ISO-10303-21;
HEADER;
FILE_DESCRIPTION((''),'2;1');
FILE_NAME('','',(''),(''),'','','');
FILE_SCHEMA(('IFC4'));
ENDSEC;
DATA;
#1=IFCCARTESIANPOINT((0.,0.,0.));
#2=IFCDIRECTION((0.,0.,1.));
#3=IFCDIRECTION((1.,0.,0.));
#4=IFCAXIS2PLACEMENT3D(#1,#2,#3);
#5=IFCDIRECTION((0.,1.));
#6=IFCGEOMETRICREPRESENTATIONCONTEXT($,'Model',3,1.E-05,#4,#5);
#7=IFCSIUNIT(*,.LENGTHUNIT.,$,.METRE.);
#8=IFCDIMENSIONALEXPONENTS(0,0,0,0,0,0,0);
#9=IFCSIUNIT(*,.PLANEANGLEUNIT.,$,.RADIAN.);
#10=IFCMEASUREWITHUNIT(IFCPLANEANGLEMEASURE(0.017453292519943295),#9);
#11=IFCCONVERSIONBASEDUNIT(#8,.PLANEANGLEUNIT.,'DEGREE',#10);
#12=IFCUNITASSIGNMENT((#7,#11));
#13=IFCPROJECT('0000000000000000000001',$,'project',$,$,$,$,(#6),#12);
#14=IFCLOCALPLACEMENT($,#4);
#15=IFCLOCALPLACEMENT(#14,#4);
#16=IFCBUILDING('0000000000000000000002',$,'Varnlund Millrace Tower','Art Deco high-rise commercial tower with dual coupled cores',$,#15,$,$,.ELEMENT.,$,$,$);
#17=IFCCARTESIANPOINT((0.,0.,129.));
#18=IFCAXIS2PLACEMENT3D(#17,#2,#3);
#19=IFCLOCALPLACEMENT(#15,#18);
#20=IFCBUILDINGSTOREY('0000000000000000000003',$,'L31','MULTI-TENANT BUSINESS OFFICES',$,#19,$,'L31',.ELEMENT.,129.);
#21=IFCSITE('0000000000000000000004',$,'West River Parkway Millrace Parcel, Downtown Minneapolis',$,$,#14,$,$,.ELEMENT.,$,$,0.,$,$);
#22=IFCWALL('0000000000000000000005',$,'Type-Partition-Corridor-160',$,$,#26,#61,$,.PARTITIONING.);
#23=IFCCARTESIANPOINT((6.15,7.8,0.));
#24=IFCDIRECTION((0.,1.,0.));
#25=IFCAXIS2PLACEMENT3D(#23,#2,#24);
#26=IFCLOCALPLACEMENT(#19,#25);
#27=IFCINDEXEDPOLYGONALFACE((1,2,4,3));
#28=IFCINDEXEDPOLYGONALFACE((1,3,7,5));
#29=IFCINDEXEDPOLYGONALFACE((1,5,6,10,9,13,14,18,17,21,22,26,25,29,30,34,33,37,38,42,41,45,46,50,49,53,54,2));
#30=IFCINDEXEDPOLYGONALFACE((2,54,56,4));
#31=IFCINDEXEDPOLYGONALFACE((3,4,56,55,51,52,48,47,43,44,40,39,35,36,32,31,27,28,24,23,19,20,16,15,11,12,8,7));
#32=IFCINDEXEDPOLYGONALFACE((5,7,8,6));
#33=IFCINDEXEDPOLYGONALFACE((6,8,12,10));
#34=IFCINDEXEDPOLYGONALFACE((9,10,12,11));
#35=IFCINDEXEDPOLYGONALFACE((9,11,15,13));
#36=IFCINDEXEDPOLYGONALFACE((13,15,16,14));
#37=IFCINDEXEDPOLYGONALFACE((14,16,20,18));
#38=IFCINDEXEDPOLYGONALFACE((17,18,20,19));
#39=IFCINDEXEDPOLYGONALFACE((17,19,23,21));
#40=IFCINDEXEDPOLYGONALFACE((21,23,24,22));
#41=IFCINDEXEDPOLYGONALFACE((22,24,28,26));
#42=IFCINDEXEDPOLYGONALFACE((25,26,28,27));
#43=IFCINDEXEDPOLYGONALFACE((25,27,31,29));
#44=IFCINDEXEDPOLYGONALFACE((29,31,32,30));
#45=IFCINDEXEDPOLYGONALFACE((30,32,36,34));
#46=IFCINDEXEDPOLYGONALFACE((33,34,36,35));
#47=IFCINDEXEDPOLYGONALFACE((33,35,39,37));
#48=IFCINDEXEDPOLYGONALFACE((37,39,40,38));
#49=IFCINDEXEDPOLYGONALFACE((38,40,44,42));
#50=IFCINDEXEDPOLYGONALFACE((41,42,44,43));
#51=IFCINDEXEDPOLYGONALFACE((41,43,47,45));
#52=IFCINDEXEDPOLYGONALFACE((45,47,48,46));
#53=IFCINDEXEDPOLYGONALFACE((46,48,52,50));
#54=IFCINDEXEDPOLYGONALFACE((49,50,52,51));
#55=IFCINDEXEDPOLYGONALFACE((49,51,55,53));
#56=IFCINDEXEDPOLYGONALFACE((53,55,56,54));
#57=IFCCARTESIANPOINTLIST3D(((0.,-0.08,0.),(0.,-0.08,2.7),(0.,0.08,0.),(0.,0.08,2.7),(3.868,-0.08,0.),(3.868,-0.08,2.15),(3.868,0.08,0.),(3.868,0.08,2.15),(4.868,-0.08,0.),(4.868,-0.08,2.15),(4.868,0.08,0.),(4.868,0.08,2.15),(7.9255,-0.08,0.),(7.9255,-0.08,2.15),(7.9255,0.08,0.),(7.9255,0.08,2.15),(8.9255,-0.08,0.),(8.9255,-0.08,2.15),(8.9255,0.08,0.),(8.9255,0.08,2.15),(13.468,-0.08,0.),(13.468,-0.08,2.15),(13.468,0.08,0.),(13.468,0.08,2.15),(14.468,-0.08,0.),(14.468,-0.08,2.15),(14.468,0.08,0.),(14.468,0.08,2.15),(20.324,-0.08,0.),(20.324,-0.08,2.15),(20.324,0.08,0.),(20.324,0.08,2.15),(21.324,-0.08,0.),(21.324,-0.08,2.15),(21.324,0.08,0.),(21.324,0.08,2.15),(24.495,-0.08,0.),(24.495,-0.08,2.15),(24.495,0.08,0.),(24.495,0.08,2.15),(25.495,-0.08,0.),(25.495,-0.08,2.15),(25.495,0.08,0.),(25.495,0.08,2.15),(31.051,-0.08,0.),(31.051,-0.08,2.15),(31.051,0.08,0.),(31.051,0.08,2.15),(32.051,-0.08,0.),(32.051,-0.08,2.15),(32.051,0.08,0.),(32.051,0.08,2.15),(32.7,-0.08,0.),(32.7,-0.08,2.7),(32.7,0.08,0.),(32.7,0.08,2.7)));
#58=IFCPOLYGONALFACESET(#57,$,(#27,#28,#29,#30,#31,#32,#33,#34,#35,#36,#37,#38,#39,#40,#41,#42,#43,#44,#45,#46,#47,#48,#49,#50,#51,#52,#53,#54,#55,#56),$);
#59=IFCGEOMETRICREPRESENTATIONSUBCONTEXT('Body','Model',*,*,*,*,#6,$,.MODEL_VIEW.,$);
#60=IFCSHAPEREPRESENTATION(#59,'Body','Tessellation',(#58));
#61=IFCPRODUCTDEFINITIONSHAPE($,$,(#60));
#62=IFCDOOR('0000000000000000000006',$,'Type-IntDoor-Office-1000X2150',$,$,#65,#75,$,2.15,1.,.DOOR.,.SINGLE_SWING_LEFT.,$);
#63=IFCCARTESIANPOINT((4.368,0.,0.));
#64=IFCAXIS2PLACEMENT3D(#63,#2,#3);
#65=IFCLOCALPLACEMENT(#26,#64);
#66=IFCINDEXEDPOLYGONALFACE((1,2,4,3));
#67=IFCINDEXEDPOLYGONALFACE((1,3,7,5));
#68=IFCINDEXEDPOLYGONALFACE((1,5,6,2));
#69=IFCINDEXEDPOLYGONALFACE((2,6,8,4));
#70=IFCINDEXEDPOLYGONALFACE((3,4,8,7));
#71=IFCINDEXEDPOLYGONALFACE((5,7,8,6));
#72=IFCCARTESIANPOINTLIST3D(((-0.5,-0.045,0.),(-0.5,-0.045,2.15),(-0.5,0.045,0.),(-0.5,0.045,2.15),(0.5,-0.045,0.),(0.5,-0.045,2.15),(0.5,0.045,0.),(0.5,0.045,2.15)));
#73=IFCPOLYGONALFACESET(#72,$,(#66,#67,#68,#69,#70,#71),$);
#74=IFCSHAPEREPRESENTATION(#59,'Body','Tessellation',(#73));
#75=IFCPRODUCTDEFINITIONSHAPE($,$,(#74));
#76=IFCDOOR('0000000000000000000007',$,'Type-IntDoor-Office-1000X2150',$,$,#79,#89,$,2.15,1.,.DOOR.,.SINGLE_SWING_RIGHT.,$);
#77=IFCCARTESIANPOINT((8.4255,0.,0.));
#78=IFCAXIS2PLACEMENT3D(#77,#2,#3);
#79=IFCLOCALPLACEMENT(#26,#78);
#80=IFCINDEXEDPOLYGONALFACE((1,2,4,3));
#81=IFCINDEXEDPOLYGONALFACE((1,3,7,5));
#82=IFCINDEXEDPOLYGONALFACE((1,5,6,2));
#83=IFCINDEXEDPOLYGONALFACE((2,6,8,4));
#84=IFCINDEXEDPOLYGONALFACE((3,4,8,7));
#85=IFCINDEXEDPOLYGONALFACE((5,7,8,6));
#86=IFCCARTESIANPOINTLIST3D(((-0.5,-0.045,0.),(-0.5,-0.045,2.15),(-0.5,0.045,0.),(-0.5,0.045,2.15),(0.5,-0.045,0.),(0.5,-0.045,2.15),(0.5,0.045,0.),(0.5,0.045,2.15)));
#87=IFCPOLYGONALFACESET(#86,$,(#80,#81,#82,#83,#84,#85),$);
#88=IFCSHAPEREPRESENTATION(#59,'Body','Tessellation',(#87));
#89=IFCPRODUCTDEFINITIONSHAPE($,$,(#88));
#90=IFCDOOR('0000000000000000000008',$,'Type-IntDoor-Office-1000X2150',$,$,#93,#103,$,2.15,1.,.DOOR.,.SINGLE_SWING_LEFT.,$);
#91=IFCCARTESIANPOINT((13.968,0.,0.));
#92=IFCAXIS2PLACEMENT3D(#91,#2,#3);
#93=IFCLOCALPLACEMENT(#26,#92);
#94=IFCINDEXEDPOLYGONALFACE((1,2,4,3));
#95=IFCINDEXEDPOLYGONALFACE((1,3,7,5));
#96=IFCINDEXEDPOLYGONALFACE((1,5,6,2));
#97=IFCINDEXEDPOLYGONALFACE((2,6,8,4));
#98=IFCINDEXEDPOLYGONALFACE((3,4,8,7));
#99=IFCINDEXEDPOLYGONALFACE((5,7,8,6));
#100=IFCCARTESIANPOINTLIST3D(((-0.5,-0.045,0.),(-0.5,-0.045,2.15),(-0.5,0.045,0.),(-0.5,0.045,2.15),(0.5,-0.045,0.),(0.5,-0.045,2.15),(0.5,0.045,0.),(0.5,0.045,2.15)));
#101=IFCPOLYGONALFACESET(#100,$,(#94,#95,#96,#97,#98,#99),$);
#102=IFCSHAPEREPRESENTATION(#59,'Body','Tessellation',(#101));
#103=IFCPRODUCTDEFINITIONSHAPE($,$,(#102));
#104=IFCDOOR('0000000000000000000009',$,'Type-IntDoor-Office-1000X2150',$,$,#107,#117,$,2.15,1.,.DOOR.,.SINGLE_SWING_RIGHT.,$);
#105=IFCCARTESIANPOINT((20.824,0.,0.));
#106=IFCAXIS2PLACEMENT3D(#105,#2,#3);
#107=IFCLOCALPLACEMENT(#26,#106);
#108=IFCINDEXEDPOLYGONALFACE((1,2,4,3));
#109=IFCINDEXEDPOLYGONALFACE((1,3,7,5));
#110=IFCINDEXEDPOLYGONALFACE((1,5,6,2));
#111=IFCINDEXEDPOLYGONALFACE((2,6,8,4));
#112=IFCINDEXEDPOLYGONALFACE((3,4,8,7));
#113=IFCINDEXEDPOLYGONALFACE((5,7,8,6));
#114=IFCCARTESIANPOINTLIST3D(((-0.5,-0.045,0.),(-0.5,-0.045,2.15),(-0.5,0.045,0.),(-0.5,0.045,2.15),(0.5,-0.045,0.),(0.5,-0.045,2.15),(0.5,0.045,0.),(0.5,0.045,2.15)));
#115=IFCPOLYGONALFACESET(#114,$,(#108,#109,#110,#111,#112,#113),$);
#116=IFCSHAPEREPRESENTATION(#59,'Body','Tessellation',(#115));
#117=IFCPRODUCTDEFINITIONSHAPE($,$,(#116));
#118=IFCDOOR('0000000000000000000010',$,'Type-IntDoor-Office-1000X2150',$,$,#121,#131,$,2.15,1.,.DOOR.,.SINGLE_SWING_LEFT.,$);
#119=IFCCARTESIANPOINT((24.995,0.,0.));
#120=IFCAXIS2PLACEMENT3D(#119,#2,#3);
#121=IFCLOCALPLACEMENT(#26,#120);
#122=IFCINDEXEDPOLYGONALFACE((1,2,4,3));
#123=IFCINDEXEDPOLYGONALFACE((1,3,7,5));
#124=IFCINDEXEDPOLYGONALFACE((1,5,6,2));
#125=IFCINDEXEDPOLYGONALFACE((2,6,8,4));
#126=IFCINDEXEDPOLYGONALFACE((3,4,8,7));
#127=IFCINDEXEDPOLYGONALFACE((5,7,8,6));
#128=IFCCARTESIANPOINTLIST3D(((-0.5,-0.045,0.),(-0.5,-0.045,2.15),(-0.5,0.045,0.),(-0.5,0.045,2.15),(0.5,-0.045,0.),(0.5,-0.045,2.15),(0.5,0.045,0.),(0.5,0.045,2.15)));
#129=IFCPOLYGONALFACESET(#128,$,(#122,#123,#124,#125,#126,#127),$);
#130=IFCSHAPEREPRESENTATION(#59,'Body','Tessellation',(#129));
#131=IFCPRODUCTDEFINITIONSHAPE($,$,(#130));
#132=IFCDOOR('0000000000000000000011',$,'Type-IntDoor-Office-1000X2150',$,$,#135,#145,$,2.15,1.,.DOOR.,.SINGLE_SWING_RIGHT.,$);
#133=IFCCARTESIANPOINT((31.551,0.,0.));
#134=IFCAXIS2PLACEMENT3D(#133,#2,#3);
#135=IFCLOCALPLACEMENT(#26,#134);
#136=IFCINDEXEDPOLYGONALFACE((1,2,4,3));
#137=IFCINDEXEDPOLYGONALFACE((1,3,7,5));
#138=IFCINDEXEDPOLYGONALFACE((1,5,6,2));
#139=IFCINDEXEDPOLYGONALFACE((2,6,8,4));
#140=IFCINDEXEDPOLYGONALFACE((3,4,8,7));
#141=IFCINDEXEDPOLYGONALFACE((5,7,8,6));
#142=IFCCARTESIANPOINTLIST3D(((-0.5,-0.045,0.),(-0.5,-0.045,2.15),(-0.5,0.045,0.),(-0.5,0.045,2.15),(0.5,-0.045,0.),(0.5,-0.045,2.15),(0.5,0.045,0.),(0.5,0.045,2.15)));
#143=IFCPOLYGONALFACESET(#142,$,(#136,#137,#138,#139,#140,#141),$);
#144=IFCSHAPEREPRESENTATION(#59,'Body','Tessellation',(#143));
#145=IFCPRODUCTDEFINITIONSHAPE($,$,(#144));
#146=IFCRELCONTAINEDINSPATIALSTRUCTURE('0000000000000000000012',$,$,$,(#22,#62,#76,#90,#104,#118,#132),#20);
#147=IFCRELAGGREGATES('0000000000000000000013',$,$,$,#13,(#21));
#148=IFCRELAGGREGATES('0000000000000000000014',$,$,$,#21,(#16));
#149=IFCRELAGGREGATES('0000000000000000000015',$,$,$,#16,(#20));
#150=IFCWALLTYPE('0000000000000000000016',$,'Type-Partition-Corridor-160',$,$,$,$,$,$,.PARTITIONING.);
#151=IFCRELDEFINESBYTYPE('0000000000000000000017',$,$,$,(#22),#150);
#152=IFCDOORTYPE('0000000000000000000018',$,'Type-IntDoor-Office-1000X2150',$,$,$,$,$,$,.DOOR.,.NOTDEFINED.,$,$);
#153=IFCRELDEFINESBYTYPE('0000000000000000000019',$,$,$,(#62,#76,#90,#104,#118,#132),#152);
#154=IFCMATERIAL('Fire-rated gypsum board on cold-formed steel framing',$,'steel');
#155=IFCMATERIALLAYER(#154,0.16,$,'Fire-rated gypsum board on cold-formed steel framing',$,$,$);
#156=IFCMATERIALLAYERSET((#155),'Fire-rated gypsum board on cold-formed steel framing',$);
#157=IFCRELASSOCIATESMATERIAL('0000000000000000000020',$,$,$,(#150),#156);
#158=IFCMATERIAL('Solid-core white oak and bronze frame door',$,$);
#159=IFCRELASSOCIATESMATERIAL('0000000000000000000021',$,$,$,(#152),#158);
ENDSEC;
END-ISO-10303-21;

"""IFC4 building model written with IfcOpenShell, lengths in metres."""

from ifc_helpers import new_model, entity, si_unit, converted_unit, direction, frame, origin_with_axes, origin_2d_with_axis, place, context, subcontext, project, spatial, polyline, rectangle, outline, extrude, material, layer, layer_set, type_object, element, fill, save


model = new_model("IFC4")

# Units and contexts
model_context = context("Model", 3, precision=1e-05, world=origin_with_axes(), true_north=direction((0.0, 1.0)))
body_context = subcontext(model_context, "Body", "Model", "MODEL_VIEW")
ifc_project = project(units=[si_unit("LENGTHUNIT", "METRE"), converted_unit("PLANEANGLEUNIT", "DEGREE", entity("IfcPlaneAngleMeasure", 0.017453292519943295), si_unit("PLANEANGLEUNIT", "RADIAN"), dimensions=[0, 0, 0, 0, 0, 0, 0])], contexts=[model_context])

# Site, building, storey
site_placement = place(None, origin_with_axes())
site = spatial("IfcSite", under=ifc_project, at=site_placement, Name="West River Parkway Millrace Parcel, Downtown Minneapolis", CompositionType="ELEMENT", RefElevation=0.0)
building_placement = place(site_placement, origin_with_axes())
building = spatial("IfcBuilding", under=site, at=building_placement, Name="Varnlund Millrace Tower", Description="Art Deco high-rise commercial tower with dual coupled cores", CompositionType="ELEMENT")
storey_placement = place(building_placement, frame((0.0, 0.0, 129.0), z_axis=(0.0, 0.0, 1.0), x_axis=(1.0, 0.0, 0.0)))
storey = spatial("IfcBuildingStorey", under=building, at=storey_placement, Name="L31", Description="MULTI-TENANT BUSINESS OFFICES", LongName="L31", CompositionType="ELEMENT", Elevation=129.0)

# Shared definitions
ifc_material_1 = material(Name="Fire-rated gypsum board on cold-formed steel framing", Category="steel")
ifc_layer_1 = layer(ifc_material_1, 0.16, Name="Fire-rated gypsum board on cold-formed steel framing")
ifc_layer_set_1 = layer_set([ifc_layer_1], Name="Fire-rated gypsum board on cold-formed steel framing")
wall_type_1 = type_object("IfcWallType", Name="Type-Partition-Corridor-160", PredefinedType="PARTITIONING", material=ifc_layer_set_1)

# Wall, openings, doors
ifc_material_2 = material(Name="Solid-core white oak and bronze frame door")
door_type_1 = type_object("IfcDoorType", Name="Type-IntDoor-Office-1000X2150", OperationType="NOTDEFINED", PredefinedType="DOOR", material=ifc_material_2)
wall_1_placement = place(storey_placement, frame((6.15, 7.8, 0.0), z_axis=(0.0, 0.0, 1.0), x_axis=(0.0, 1.0, 0.0)))
wall_1 = element("IfcWall", 1, at=wall_1_placement, inside=storey, type_object=wall_type_1, Name="Type-Partition-Corridor-160", PredefinedType="PARTITIONING", context=body_context, shape_type="SweptSolid", body=[
    extrude(outline(polyline([(0.0, -0.08), (32.7, -0.08), (32.7, 0.08), (0.0, 0.08), (0.0, -0.08)])), origin_with_axes(), (0.0, 0.0, 1.0), 2.7),
])
opening_1_placement = place(wall_1_placement, frame((4.368, 0.0, 0.0), z_axis=(0.0, 0.0, 1.0), x_axis=(1.0, 0.0, 0.0)))
opening_1 = element("IfcOpeningElement", 2, at=opening_1_placement, cuts=wall_1, PredefinedType="OPENING", context=body_context, shape_type="SweptSolid", body=[
    extrude(rectangle(XDim=1.0, YDim=0.18, at=origin_2d_with_axis()), origin_with_axes(), (0.0, 0.0, 1.0), 2.15),
])
opening_2_placement = place(wall_1_placement, frame((8.4255, 0.0, 0.0), z_axis=(0.0, 0.0, 1.0), x_axis=(1.0, 0.0, 0.0)))
opening_2 = element("IfcOpeningElement", 3, at=opening_2_placement, cuts=wall_1, PredefinedType="OPENING", context=body_context, shape_type="SweptSolid", body=[
    extrude(rectangle(XDim=1.0, YDim=0.18, at=origin_2d_with_axis()), origin_with_axes(), (0.0, 0.0, 1.0), 2.15),
])
opening_3_placement = place(wall_1_placement, frame((13.968, 0.0, 0.0), z_axis=(0.0, 0.0, 1.0), x_axis=(1.0, 0.0, 0.0)))
opening_3 = element("IfcOpeningElement", 4, at=opening_3_placement, cuts=wall_1, PredefinedType="OPENING", context=body_context, shape_type="SweptSolid", body=[
    extrude(rectangle(XDim=1.0, YDim=0.18, at=origin_2d_with_axis()), origin_with_axes(), (0.0, 0.0, 1.0), 2.15),
])
opening_4_placement = place(wall_1_placement, frame((20.824, 0.0, 0.0), z_axis=(0.0, 0.0, 1.0), x_axis=(1.0, 0.0, 0.0)))
opening_4 = element("IfcOpeningElement", 5, at=opening_4_placement, cuts=wall_1, PredefinedType="OPENING", context=body_context, shape_type="SweptSolid", body=[
    extrude(rectangle(XDim=1.0, YDim=0.18, at=origin_2d_with_axis()), origin_with_axes(), (0.0, 0.0, 1.0), 2.15),
])
opening_5_placement = place(wall_1_placement, frame((24.995, 0.0, 0.0), z_axis=(0.0, 0.0, 1.0), x_axis=(1.0, 0.0, 0.0)))
opening_5 = element("IfcOpeningElement", 6, at=opening_5_placement, cuts=wall_1, PredefinedType="OPENING", context=body_context, shape_type="SweptSolid", body=[
    extrude(rectangle(XDim=1.0, YDim=0.18, at=origin_2d_with_axis()), origin_with_axes(), (0.0, 0.0, 1.0), 2.15),
])
opening_6_placement = place(wall_1_placement, frame((31.551, 0.0, 0.0), z_axis=(0.0, 0.0, 1.0), x_axis=(1.0, 0.0, 0.0)))
opening_6 = element("IfcOpeningElement", 7, at=opening_6_placement, cuts=wall_1, PredefinedType="OPENING", context=body_context, shape_type="SweptSolid", body=[
    extrude(rectangle(XDim=1.0, YDim=0.18, at=origin_2d_with_axis()), origin_with_axes(), (0.0, 0.0, 1.0), 2.15),
])
door_1_placement = place(wall_1_placement, frame((4.368, 0.0, 0.0), z_axis=(0.0, 0.0, 1.0), x_axis=(1.0, 0.0, 0.0)))
door_1 = element("IfcDoor", 8, at=door_1_placement, inside=storey, type_object=door_type_1, Name="Type-IntDoor-Office-1000X2150", OperationType="SINGLE_SWING_LEFT", OverallHeight=2.15, OverallWidth=1.0, PredefinedType="DOOR", context=body_context, shape_type="SweptSolid", body=[
    extrude(rectangle(XDim=1.0, YDim=0.09, at=origin_2d_with_axis()), origin_with_axes(), (0.0, 0.0, 1.0), 2.15),
])
fill(opening_1, door_1)
door_2_placement = place(wall_1_placement, frame((8.4255, 0.0, 0.0), z_axis=(0.0, 0.0, 1.0), x_axis=(1.0, 0.0, 0.0)))
door_2 = element("IfcDoor", 9, at=door_2_placement, inside=storey, type_object=door_type_1, Name="Type-IntDoor-Office-1000X2150", OperationType="SINGLE_SWING_RIGHT", OverallHeight=2.15, OverallWidth=1.0, PredefinedType="DOOR", context=body_context, shape_type="SweptSolid", body=[
    extrude(rectangle(XDim=1.0, YDim=0.09, at=origin_2d_with_axis()), origin_with_axes(), (0.0, 0.0, 1.0), 2.15),
])
fill(opening_2, door_2)
door_3_placement = place(wall_1_placement, frame((13.968, 0.0, 0.0), z_axis=(0.0, 0.0, 1.0), x_axis=(1.0, 0.0, 0.0)))
door_3 = element("IfcDoor", 10, at=door_3_placement, inside=storey, type_object=door_type_1, Name="Type-IntDoor-Office-1000X2150", OperationType="SINGLE_SWING_LEFT", OverallHeight=2.15, OverallWidth=1.0, PredefinedType="DOOR", context=body_context, shape_type="SweptSolid", body=[
    extrude(rectangle(XDim=1.0, YDim=0.09, at=origin_2d_with_axis()), origin_with_axes(), (0.0, 0.0, 1.0), 2.15),
])
fill(opening_3, door_3)
door_4_placement = place(wall_1_placement, frame((20.824, 0.0, 0.0), z_axis=(0.0, 0.0, 1.0), x_axis=(1.0, 0.0, 0.0)))
door_4 = element("IfcDoor", 11, at=door_4_placement, inside=storey, type_object=door_type_1, Name="Type-IntDoor-Office-1000X2150", OperationType="SINGLE_SWING_RIGHT", OverallHeight=2.15, OverallWidth=1.0, PredefinedType="DOOR", context=body_context, shape_type="SweptSolid", body=[
    extrude(rectangle(XDim=1.0, YDim=0.09, at=origin_2d_with_axis()), origin_with_axes(), (0.0, 0.0, 1.0), 2.15),
])
fill(opening_4, door_4)
door_5_placement = place(wall_1_placement, frame((24.995, 0.0, 0.0), z_axis=(0.0, 0.0, 1.0), x_axis=(1.0, 0.0, 0.0)))
door_5 = element("IfcDoor", 12, at=door_5_placement, inside=storey, type_object=door_type_1, Name="Type-IntDoor-Office-1000X2150", OperationType="SINGLE_SWING_LEFT", OverallHeight=2.15, OverallWidth=1.0, PredefinedType="DOOR", context=body_context, shape_type="SweptSolid", body=[
    extrude(rectangle(XDim=1.0, YDim=0.09, at=origin_2d_with_axis()), origin_with_axes(), (0.0, 0.0, 1.0), 2.15),
])
fill(opening_5, door_5)
door_6_placement = place(wall_1_placement, frame((31.551, 0.0, 0.0), z_axis=(0.0, 0.0, 1.0), x_axis=(1.0, 0.0, 0.0)))
door_6 = element("IfcDoor", 13, at=door_6_placement, inside=storey, type_object=door_type_1, Name="Type-IntDoor-Office-1000X2150", OperationType="SINGLE_SWING_RIGHT", OverallHeight=2.15, OverallWidth=1.0, PredefinedType="DOOR", context=body_context, shape_type="SweptSolid", body=[
    extrude(rectangle(XDim=1.0, YDim=0.09, at=origin_2d_with_axis()), origin_with_axes(), (0.0, 0.0, 1.0), 2.15),
])
fill(opening_6, door_6)

save(model, "model.ifc")
